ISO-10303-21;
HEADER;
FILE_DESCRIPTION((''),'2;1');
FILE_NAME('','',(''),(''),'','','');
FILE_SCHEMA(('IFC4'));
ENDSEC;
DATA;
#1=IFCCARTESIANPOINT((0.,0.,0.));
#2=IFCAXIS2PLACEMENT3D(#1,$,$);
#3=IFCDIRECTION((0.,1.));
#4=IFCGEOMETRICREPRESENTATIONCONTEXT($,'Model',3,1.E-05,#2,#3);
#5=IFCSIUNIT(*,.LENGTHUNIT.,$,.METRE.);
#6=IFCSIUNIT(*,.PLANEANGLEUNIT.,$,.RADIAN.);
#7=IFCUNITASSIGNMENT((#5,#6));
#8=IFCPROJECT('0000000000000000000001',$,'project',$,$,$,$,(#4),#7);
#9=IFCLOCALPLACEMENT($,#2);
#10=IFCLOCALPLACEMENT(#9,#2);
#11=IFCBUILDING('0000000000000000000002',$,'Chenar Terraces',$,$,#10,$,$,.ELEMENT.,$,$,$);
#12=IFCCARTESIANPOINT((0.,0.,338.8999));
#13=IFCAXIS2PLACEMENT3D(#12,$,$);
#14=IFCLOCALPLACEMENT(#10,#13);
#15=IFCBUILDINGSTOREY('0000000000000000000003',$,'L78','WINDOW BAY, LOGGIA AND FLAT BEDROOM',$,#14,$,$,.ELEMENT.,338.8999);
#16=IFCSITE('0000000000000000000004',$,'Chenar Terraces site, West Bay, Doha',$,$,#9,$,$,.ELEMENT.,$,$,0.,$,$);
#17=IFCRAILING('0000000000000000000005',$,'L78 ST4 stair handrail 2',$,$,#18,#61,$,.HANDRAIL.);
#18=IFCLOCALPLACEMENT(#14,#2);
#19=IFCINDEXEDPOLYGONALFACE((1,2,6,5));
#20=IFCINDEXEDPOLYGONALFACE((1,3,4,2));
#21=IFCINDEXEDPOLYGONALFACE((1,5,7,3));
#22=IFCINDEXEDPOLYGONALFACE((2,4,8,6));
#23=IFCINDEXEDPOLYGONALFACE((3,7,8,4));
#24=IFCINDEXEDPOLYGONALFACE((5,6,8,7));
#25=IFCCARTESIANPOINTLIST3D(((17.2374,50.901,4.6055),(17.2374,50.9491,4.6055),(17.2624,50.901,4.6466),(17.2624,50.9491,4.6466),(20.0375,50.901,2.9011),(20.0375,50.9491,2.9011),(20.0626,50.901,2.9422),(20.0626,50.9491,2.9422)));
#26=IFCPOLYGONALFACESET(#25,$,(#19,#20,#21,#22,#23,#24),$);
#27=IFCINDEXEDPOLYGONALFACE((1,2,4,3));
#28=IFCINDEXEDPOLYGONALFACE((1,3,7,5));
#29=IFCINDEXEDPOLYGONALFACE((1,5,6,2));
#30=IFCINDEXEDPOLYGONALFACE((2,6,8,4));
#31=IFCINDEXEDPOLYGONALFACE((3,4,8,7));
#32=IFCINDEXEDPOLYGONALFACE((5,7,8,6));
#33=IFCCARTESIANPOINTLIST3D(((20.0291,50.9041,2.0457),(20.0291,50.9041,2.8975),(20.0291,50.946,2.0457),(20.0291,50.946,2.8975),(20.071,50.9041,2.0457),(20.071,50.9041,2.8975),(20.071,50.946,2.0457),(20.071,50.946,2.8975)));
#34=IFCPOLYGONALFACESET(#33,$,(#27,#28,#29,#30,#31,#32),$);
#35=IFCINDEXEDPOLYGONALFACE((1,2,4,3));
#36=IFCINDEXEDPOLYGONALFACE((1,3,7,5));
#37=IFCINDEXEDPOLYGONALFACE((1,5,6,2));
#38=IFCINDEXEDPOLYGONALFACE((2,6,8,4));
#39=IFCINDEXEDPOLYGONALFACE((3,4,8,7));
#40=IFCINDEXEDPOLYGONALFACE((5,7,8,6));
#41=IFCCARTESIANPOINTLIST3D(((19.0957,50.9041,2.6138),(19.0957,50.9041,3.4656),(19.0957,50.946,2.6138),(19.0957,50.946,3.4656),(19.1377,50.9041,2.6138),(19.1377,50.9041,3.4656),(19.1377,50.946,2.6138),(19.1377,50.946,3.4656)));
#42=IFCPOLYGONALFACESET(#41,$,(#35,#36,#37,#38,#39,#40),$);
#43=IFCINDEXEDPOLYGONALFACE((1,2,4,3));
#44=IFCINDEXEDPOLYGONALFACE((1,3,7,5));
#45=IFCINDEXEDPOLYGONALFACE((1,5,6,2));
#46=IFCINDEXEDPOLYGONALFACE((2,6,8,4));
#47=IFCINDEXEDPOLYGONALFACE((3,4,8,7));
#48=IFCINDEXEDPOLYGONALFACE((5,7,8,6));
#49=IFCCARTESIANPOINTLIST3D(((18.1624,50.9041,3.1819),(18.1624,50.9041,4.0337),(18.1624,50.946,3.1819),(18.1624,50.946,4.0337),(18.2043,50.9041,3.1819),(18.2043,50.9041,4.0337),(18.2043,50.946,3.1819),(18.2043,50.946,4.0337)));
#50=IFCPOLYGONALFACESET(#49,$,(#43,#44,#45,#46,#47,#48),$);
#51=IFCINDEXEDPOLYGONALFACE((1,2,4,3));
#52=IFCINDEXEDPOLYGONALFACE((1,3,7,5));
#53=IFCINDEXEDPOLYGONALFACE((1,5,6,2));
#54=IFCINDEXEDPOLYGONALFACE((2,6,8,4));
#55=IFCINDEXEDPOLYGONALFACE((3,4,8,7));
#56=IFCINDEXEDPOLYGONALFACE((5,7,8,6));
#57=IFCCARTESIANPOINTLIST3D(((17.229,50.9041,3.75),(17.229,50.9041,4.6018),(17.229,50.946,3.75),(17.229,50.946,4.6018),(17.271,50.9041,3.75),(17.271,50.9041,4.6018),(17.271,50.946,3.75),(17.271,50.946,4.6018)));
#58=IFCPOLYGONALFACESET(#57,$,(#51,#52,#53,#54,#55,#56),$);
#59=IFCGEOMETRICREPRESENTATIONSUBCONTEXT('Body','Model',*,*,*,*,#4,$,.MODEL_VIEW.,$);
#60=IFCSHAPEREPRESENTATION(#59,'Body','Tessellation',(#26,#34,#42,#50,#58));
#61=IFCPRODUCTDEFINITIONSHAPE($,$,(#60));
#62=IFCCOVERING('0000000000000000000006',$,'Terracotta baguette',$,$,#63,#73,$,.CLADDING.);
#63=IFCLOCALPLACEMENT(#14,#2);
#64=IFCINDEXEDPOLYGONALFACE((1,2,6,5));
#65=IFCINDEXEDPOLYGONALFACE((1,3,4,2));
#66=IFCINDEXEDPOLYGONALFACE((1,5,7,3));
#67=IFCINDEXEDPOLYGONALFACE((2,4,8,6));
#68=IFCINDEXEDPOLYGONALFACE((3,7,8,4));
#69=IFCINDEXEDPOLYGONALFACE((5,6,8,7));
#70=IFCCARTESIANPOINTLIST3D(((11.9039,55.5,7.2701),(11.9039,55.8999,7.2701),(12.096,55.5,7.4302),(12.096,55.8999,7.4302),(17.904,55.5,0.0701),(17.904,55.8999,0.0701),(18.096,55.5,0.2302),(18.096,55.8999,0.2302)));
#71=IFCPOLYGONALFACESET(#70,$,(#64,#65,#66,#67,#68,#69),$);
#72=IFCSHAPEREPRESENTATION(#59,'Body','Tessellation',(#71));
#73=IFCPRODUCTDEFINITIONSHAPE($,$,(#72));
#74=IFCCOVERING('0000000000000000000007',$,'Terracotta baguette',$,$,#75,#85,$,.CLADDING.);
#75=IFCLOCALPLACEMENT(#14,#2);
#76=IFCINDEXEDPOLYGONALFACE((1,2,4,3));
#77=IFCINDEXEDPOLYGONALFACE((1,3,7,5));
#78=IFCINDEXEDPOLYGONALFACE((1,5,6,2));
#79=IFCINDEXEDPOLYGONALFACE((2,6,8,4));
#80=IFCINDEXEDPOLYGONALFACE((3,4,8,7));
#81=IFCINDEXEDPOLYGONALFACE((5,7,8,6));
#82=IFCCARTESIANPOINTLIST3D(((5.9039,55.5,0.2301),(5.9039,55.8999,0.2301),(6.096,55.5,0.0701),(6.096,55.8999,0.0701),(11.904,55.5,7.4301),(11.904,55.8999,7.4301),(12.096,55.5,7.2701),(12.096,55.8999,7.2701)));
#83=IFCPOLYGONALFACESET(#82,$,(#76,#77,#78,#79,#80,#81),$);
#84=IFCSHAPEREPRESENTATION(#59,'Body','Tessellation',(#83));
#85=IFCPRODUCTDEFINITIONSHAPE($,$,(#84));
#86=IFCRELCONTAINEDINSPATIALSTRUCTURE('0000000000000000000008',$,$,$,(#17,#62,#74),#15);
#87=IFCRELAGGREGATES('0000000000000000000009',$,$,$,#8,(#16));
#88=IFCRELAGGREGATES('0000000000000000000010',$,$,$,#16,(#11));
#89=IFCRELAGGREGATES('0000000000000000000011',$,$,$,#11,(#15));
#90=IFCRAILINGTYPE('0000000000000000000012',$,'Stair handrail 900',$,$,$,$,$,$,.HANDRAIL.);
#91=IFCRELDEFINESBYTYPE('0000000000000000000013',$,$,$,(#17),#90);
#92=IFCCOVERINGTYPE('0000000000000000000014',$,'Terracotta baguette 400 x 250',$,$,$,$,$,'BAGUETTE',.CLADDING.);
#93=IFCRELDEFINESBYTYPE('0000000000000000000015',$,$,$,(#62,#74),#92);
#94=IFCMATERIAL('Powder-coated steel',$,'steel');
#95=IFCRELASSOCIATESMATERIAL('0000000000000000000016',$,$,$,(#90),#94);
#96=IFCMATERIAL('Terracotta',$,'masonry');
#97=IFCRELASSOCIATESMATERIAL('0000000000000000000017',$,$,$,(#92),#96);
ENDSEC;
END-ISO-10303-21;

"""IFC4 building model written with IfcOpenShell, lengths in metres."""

from ifc_helpers import new_model, si_unit, direction, frame, origin, origin_2d, place, context, subcontext, project, spatial, rectangle, extrude, material, material_profile, profile_set, type_object, element, save


model = new_model("IFC4")

# Units and contexts
model_context = context("Model", 3, precision=1e-05, world=origin(), true_north=direction((0.0, 1.0)))
body_context = subcontext(model_context, "Body", "Model", "MODEL_VIEW")
ifc_project = project(units=[si_unit("LENGTHUNIT", "METRE"), si_unit("PLANEANGLEUNIT", "RADIAN")], contexts=[model_context])

# Site, building, storey
site_placement = place(None, origin())
site = spatial("IfcSite", under=ifc_project, at=site_placement, Name="Chenar Terraces site, West Bay, Doha", CompositionType="ELEMENT", RefElevation=0.0)
building_placement = place(site_placement, origin())
building = spatial("IfcBuilding", under=site, at=building_placement, Name="Chenar Terraces", CompositionType="ELEMENT")
storey_placement = place(building_placement, frame((0.0, 0.0, 338.8999)))
storey = spatial("IfcBuildingStorey", under=building, at=storey_placement, Name="L78", Description="WINDOW BAY, LOGGIA AND FLAT BEDROOM", CompositionType="ELEMENT", Elevation=338.8999)

# Railing
ifc_material_1 = material(Name="Powder-coated steel", Category="steel")
railing_type_1 = type_object("IfcRailingType", Name="Stair handrail 900", PredefinedType="HANDRAIL", material=ifc_material_1)
railing_1_placement = place(storey_placement, frame((20.05, 50.925, 2.0457)))
element("IfcRailing", 1, at=railing_1_placement, inside=storey, type_object=railing_type_1, Name="L78 ST4 stair handrail 2", PredefinedType="HANDRAIL", context=body_context, shape_type="SweptSolid", body=[
    extrude(rectangle(XDim=0.0481, YDim=0.0481, at=origin_2d()), frame((0.0, 0.0, 0.876), z_axis=(-0.854203, 0.0, 0.51994), x_axis=(0.0, -1.0, 0.0)), (0.0, 0.0, 1.0), 3.2781),
    extrude(rectangle(XDim=0.042, YDim=0.042, at=origin_2d()), origin(), (0.0, 0.0, 1.0), 0.8518),
    extrude(rectangle(XDim=0.042, YDim=0.042, at=origin_2d()), frame((-0.9333, 0.0, 0.5681)), (0.0, 0.0, 1.0), 0.8518),
    extrude(rectangle(XDim=0.042, YDim=0.042, at=origin_2d()), frame((-1.8667, 0.0, 1.1362)), (0.0, 0.0, 1.0), 0.8518),
    extrude(rectangle(XDim=0.042, YDim=0.042, at=origin_2d()), frame((-2.8, 0.0, 1.7043)), (0.0, 0.0, 1.0), 0.8518),
])

# Coverings
ifc_material_2 = material(Name="Terracotta", Category="masonry")
ifc_material_profile_1 = material_profile(ifc_material_2, rectangle(XDim=0.3999, YDim=0.25, at=origin_2d()), Name="Terracotta baguette 400 x 250")
ifc_profile_set_1 = profile_set([ifc_material_profile_1], Name="Terracotta")
covering_type = type_object("IfcCoveringType", Name="Terracotta baguette 400 x 250", ElementType="BAGUETTE", PredefinedType="CLADDING", material=ifc_profile_set_1)
for number, where, z_axis, x_axis, name in (
    (2, (18.0, 55.7, 0.1501), (-0.640187, 0.0, 0.768219), (0.0, -1.0, 0.0), "Terracotta baguette"),
    (3, (12.0, 55.7, 7.3501), (-0.640187, 0.0, -0.768219), (0.0, -1.0, 0.0), "Terracotta baguette"),
):
    element("IfcCovering", number, at=place(storey_placement, frame(where, z_axis=z_axis, x_axis=x_axis)), inside=storey, type_object=covering_type, Name=name, PredefinedType="CLADDING", context=body_context, shape_type="SweptSolid", body=[
        extrude(rectangle(XDim=0.3999, YDim=0.25, at=origin_2d()), origin(), (0.0, 0.0, 1.0), 9.3723),
    ])

save(model, "model.ifc")
